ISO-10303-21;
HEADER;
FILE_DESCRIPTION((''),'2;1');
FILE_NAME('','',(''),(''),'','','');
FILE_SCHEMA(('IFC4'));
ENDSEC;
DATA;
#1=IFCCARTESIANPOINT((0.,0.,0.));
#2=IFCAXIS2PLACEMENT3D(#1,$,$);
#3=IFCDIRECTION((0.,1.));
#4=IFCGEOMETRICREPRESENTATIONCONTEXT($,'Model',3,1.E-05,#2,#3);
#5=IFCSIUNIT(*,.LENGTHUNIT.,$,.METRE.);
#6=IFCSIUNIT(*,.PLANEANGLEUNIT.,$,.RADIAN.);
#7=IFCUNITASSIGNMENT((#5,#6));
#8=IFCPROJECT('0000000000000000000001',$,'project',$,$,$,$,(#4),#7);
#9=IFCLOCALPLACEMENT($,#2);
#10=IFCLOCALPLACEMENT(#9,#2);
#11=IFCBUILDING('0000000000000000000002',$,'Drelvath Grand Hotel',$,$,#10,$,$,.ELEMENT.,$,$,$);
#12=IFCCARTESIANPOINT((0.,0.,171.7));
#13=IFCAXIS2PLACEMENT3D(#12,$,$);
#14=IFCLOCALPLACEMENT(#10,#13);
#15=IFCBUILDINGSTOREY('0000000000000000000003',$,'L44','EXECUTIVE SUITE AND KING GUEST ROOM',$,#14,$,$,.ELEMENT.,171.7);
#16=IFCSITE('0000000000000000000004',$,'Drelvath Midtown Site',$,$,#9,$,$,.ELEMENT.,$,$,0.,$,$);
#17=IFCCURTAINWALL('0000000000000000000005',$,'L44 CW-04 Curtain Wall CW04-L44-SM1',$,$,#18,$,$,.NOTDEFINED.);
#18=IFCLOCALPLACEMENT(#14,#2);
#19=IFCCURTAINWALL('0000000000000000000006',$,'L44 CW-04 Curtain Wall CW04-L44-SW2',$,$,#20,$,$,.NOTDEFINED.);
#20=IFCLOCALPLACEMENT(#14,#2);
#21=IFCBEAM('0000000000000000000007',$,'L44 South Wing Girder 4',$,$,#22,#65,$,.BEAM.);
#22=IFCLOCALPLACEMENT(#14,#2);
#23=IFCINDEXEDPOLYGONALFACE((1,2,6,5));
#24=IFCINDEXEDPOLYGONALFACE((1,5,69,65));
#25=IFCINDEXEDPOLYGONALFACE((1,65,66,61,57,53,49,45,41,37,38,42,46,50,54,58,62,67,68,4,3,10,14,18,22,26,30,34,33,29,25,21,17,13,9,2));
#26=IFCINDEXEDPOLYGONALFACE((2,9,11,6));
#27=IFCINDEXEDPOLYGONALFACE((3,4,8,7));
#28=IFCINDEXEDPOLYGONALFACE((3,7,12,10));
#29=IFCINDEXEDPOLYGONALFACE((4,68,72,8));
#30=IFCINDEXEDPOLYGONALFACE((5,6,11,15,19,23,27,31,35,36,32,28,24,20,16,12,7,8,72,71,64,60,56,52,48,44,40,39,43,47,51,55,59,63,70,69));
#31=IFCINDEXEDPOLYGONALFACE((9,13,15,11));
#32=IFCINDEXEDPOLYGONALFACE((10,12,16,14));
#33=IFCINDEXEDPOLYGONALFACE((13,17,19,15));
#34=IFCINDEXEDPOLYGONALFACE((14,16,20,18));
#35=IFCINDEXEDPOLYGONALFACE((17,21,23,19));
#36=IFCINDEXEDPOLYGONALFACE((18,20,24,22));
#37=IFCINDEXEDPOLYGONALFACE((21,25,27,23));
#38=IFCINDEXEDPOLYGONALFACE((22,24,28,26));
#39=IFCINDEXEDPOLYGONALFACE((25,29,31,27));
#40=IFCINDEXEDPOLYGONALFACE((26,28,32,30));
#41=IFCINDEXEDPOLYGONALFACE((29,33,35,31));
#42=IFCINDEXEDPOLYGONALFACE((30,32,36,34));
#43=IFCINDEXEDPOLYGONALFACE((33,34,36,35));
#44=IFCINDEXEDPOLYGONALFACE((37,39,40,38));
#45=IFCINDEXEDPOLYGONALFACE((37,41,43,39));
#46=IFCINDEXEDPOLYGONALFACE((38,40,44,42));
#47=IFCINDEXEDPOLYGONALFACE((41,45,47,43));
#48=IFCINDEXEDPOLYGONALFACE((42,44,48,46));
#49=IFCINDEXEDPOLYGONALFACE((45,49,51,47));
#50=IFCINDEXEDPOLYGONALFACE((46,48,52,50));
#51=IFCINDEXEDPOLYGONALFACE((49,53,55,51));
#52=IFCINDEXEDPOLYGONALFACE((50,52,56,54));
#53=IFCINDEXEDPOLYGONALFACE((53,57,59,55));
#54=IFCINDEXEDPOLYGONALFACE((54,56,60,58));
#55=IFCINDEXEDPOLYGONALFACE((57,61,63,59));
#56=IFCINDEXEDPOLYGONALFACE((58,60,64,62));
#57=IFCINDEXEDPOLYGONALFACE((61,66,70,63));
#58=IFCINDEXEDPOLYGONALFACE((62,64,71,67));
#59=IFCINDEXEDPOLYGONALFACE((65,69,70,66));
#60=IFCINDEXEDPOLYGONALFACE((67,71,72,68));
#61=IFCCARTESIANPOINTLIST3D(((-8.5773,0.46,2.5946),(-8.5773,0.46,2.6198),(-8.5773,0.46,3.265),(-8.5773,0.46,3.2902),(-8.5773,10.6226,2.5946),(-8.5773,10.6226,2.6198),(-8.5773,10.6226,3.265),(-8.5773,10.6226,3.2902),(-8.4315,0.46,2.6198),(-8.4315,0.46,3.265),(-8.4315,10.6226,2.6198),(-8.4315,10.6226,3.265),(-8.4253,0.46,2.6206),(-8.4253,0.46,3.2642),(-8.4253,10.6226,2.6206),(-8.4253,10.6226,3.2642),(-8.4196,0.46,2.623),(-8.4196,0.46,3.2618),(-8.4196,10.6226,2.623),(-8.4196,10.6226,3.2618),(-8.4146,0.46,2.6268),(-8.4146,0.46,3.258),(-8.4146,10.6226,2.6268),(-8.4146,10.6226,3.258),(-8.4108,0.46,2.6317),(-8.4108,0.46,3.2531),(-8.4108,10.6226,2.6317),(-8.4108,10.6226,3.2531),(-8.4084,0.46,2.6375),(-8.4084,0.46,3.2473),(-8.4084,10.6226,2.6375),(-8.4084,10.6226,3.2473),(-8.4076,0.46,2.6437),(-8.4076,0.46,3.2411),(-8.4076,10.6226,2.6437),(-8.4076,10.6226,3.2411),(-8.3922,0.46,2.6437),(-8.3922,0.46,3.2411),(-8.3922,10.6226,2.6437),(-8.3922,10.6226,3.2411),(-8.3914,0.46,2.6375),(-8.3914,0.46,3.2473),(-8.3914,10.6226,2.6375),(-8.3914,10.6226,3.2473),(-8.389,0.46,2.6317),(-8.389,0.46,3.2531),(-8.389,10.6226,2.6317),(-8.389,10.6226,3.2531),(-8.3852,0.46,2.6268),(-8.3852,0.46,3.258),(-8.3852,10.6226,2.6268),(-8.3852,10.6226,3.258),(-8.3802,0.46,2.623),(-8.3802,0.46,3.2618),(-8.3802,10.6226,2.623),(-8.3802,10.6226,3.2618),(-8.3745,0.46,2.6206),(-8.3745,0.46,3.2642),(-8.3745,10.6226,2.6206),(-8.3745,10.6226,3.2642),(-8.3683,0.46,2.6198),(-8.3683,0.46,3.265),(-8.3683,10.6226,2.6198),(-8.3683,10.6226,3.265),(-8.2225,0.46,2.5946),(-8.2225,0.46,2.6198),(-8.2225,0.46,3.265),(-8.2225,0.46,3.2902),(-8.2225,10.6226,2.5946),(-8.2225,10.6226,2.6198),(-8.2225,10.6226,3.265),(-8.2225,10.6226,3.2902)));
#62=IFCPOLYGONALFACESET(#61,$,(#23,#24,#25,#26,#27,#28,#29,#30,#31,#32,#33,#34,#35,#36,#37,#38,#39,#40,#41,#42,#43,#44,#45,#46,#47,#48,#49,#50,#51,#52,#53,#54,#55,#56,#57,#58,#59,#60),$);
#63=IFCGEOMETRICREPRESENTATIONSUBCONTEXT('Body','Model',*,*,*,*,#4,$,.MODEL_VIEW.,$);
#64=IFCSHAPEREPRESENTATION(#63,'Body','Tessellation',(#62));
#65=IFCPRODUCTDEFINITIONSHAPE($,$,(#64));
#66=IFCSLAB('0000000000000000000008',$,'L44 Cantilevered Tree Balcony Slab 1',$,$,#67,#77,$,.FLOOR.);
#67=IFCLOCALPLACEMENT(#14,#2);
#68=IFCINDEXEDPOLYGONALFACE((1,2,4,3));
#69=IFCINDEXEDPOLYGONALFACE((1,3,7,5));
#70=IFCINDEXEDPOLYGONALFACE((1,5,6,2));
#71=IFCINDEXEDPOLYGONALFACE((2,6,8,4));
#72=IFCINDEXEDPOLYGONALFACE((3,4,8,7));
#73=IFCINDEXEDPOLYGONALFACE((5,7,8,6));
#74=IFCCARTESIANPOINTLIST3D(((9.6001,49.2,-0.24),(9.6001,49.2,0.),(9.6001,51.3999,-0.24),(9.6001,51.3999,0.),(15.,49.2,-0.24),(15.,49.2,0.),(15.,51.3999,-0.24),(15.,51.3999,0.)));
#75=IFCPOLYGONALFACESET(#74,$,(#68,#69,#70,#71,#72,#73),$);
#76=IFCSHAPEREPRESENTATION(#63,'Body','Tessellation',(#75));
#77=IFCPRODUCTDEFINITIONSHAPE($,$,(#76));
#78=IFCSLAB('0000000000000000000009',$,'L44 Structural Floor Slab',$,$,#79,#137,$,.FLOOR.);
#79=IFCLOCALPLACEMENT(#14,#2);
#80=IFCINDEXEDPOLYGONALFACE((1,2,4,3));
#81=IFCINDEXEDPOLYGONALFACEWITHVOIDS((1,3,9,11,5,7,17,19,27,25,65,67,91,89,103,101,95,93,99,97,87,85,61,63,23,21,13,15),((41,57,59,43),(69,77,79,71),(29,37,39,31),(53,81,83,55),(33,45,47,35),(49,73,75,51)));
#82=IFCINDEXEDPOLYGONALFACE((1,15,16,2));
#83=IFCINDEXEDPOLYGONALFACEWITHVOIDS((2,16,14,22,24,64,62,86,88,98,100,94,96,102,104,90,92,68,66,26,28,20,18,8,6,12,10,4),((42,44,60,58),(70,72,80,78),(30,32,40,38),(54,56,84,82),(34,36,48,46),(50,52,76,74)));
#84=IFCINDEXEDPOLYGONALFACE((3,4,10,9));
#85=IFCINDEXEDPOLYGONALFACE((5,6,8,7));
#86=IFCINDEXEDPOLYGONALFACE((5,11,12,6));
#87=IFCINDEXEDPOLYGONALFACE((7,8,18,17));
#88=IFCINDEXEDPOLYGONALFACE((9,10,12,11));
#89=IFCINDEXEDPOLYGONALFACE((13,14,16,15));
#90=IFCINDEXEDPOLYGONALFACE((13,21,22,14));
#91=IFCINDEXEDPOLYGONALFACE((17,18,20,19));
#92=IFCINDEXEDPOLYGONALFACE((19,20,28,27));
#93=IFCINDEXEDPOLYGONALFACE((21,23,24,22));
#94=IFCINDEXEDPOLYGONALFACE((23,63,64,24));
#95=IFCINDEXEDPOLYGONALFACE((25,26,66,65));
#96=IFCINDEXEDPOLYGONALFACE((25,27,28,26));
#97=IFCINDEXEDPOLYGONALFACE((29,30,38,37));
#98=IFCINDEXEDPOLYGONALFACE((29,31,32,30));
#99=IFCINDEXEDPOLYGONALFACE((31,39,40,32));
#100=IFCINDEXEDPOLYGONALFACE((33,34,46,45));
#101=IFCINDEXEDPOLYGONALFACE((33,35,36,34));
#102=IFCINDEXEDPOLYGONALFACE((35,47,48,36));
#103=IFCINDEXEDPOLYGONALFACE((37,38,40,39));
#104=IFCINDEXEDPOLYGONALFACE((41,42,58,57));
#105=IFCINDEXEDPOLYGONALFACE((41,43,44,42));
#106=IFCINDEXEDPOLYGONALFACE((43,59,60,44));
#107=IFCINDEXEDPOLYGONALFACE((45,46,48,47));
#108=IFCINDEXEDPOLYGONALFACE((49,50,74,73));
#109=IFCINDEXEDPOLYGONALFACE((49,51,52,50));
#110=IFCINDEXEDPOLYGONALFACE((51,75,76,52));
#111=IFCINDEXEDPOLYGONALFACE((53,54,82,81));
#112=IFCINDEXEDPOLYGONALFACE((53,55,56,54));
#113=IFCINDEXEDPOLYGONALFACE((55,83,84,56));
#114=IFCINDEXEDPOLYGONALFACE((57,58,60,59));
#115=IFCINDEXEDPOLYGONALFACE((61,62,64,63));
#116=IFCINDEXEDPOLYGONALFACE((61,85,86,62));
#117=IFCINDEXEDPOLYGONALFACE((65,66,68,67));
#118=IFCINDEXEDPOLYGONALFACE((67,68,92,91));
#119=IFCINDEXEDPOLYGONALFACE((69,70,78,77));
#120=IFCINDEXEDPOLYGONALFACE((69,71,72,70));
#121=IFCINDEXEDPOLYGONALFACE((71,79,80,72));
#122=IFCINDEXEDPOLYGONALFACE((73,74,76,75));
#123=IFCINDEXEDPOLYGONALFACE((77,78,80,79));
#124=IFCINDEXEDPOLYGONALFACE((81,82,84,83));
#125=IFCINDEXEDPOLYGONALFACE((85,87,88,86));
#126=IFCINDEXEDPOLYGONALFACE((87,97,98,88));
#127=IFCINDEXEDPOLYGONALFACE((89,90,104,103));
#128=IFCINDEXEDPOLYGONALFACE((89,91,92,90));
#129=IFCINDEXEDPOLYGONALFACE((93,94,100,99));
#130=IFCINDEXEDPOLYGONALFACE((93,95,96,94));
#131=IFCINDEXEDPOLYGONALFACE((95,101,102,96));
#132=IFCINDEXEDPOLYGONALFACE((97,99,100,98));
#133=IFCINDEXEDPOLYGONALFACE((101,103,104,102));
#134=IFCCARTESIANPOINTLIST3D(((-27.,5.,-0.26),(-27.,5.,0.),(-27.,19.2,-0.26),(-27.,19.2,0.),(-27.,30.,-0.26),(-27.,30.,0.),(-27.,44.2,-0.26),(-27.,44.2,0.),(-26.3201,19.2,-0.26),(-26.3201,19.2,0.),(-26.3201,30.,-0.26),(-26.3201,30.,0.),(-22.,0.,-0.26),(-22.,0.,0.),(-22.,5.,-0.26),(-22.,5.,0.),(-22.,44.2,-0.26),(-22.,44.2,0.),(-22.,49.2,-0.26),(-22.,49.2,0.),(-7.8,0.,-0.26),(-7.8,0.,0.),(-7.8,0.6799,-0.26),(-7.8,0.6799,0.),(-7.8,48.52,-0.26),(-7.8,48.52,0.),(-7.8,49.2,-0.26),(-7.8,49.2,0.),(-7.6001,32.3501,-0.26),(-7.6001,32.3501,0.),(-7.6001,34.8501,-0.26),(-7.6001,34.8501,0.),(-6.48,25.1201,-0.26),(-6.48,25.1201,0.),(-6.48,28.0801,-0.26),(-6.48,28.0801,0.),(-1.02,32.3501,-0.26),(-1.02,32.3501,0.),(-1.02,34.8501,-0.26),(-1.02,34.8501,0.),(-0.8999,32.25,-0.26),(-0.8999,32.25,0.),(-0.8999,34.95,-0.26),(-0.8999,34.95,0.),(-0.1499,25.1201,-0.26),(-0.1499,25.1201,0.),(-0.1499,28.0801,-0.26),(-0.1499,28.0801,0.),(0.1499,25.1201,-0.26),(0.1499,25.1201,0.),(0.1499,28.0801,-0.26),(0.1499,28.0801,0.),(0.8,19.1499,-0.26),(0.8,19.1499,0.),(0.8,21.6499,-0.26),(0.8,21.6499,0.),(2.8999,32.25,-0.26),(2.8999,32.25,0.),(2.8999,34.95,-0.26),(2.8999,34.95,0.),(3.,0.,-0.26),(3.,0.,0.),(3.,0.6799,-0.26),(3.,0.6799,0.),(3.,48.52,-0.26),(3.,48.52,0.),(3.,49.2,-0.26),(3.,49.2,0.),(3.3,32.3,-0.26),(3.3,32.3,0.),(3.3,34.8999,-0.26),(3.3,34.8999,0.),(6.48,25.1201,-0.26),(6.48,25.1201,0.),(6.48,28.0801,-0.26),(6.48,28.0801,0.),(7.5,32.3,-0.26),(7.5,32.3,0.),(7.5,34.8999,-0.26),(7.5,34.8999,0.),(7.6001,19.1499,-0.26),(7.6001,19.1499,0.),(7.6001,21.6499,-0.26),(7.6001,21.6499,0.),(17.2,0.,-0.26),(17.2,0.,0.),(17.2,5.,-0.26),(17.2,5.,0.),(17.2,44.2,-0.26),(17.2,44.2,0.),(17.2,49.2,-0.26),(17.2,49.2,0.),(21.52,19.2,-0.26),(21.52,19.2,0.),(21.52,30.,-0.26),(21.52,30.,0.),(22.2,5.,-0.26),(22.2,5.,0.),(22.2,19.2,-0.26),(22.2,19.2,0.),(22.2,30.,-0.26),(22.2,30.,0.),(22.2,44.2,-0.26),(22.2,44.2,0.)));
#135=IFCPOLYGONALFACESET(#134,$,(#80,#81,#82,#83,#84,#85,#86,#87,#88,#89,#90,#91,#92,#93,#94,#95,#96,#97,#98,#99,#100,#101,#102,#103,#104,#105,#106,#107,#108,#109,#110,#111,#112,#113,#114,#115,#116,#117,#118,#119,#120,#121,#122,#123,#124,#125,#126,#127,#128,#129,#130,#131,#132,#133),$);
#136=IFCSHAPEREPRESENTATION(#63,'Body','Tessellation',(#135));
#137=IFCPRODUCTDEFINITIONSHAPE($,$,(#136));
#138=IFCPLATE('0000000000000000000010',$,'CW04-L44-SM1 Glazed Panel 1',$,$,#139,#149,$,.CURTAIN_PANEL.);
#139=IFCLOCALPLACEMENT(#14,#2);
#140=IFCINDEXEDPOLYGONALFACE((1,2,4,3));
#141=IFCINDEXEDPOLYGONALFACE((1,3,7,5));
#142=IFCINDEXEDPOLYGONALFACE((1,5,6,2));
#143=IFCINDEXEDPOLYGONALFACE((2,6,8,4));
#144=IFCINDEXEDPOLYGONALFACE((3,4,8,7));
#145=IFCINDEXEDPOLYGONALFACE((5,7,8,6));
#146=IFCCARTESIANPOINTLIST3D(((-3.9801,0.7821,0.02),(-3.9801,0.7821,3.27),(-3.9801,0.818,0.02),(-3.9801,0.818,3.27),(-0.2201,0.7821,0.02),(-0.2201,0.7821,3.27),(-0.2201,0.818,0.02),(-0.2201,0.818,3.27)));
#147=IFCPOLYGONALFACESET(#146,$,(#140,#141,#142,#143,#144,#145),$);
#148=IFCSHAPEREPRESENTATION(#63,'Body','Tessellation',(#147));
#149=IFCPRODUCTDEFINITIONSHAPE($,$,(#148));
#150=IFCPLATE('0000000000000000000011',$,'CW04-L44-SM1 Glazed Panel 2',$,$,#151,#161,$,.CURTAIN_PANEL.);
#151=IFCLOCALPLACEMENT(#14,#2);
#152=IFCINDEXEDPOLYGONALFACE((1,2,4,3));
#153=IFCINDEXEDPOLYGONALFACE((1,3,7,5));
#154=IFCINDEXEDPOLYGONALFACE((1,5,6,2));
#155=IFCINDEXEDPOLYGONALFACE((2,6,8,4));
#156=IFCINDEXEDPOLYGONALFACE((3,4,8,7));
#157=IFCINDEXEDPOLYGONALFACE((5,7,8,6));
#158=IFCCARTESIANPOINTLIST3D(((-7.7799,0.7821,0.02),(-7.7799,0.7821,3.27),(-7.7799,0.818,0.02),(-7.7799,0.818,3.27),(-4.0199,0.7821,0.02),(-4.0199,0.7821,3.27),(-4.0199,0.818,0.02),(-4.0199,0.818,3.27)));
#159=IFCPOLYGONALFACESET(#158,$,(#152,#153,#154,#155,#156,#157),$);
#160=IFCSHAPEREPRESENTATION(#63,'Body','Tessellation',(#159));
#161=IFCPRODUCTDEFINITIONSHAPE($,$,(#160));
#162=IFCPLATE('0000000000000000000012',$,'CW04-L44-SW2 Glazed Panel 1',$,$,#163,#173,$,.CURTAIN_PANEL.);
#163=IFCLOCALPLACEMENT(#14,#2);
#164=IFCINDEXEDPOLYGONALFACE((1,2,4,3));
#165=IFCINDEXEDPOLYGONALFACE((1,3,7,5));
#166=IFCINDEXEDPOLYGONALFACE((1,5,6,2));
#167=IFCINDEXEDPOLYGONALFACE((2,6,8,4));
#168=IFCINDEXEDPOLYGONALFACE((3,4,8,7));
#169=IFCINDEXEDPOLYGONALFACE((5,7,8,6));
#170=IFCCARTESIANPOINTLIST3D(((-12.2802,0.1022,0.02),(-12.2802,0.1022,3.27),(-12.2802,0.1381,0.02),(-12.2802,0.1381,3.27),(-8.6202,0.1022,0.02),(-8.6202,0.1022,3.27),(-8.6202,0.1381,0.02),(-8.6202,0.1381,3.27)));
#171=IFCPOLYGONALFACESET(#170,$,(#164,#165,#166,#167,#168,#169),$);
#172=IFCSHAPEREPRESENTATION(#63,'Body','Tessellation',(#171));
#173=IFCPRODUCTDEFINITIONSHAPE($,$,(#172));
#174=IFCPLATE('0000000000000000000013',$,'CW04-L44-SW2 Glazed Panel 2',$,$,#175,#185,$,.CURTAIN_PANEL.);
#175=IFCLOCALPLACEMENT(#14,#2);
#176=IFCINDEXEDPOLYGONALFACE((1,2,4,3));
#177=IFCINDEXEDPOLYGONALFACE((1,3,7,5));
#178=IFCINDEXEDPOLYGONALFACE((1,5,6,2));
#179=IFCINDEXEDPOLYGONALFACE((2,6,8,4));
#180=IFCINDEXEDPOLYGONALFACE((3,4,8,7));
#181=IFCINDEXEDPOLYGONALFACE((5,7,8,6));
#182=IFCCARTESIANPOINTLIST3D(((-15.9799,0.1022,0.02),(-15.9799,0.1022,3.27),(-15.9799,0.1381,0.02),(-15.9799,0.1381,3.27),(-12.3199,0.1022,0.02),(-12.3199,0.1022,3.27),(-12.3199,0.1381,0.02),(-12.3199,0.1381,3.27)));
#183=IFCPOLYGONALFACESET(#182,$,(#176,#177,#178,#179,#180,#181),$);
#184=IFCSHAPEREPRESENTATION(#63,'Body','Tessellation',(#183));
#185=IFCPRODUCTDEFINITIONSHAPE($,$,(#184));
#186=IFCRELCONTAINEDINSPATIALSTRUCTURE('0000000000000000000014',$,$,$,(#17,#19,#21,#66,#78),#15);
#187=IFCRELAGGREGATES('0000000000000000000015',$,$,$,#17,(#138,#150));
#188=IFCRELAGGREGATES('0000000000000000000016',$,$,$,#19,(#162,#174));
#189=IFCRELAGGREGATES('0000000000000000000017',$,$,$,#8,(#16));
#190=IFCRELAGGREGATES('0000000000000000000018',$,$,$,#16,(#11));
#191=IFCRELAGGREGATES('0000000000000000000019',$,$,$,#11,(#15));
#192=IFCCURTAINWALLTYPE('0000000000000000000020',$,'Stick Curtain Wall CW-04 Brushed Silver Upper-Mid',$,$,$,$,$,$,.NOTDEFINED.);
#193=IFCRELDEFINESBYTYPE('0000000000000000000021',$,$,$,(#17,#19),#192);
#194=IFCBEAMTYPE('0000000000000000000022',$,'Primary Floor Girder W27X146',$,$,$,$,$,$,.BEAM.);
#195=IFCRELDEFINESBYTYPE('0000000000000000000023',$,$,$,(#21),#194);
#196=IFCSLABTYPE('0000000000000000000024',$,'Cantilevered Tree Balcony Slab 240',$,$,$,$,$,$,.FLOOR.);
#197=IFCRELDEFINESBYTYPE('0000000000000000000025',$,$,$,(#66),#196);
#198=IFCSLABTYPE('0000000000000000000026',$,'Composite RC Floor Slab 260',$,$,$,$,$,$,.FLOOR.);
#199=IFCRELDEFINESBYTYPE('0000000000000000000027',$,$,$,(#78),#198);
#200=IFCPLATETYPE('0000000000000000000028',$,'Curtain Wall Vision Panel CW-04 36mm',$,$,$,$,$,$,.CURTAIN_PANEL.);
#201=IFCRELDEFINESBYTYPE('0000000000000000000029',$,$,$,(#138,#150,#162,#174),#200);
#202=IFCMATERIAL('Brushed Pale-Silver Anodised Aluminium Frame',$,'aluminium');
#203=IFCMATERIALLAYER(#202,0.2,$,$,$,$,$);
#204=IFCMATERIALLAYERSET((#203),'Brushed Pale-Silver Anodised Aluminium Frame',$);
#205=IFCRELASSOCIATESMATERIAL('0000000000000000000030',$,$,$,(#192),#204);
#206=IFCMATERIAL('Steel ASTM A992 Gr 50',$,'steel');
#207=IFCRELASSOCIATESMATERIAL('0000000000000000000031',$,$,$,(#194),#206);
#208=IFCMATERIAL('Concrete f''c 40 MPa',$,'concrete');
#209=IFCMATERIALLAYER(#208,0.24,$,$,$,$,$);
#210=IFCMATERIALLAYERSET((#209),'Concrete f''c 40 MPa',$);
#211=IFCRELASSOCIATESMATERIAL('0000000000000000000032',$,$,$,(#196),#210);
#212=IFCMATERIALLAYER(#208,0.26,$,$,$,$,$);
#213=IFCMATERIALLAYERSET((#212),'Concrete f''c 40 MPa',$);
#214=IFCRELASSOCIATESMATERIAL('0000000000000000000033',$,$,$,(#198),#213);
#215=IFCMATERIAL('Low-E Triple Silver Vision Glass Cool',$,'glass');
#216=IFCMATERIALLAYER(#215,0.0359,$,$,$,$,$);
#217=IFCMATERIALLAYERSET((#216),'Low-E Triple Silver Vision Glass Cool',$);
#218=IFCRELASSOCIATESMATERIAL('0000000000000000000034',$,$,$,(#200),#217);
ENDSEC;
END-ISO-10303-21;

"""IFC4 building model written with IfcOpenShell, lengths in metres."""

from ifc_helpers import new_model, si_unit, direction, frame, origin, origin_2d, place, context, subcontext, project, spatial, polyline, rectangle, i_section, outline, extrude, material, layer, layer_set, material_profile, profile_set, type_object, element, aggregate, save


model = new_model("IFC4")

# Units and contexts
model_context = context("Model", 3, precision=1e-05, world=origin(), true_north=direction((0.0, 1.0)))
body_context = subcontext(model_context, "Body", "Model", "MODEL_VIEW")
ifc_project = project(units=[si_unit("LENGTHUNIT", "METRE"), si_unit("PLANEANGLEUNIT", "RADIAN")], contexts=[model_context])

# Site, building, storey
site_placement = place(None, origin())
site = spatial("IfcSite", under=ifc_project, at=site_placement, Name="Drelvath Midtown Site", CompositionType="ELEMENT", RefElevation=0.0)
building_placement = place(site_placement, origin())
building = spatial("IfcBuilding", under=site, at=building_placement, Name="Drelvath Grand Hotel", CompositionType="ELEMENT")
storey_placement = place(building_placement, frame((0.0, 0.0, 171.7)))
storey = spatial("IfcBuildingStorey", under=building, at=storey_placement, Name="L44", Description="EXECUTIVE SUITE AND KING GUEST ROOM", CompositionType="ELEMENT", Elevation=171.7)

# Shared definitions
ifc_material_1 = material(Name="Steel ASTM A992 Gr 50", Category="steel")

# Curtain walls
ifc_material_2 = material(Name="Brushed Pale-Silver Anodised Aluminium Frame", Category="aluminium")
ifc_layer_1 = layer(ifc_material_2, 0.2)
ifc_layer_set_1 = layer_set([ifc_layer_1], Name="Brushed Pale-Silver Anodised Aluminium Frame")
curtain_wall_type = type_object("IfcCurtainWallType", Name="Stick Curtain Wall CW-04 Brushed Silver Upper-Mid", PredefinedType="NOTDEFINED", material=ifc_layer_set_1)
curtain_wall_1_placement = place(storey_placement, origin())
curtain_wall_1 = element("IfcCurtainWall", 1, at=curtain_wall_1_placement, inside=storey, type_object=curtain_wall_type, Name="L44 CW-04 Curtain Wall CW04-L44-SM1", PredefinedType="NOTDEFINED")
curtain_wall_2_placement = place(storey_placement, origin())
curtain_wall_2 = element("IfcCurtainWall", 2, at=curtain_wall_2_placement, inside=storey, type_object=curtain_wall_type, Name="L44 CW-04 Curtain Wall CW04-L44-SW2", PredefinedType="NOTDEFINED")

# Beam
ifc_material_profile_1 = material_profile(ifc_material_1, i_section(OverallWidth=0.3547, OverallDepth=0.6956, WebThickness=0.0154, FlangeThickness=0.0251, FilletRadius=0.0239, at=origin_2d()), Name="W27X146")
ifc_profile_set_1 = profile_set([ifc_material_profile_1], Name="Steel ASTM A992 Gr 50")
beam_type_1 = type_object("IfcBeamType", Name="Primary Floor Girder W27X146", PredefinedType="BEAM", material=ifc_profile_set_1)
beam_1_placement = place(storey_placement, frame((-8.3999, 0.46, 2.9424), z_axis=(0.0, 1.0, 0.0), x_axis=(-1.0, 0.0, 0.0)))
element("IfcBeam", 3, at=beam_1_placement, inside=storey, type_object=beam_type_1, Name="L44 South Wing Girder 4", PredefinedType="BEAM", context=body_context, shape_type="SweptSolid", body=[
    extrude(i_section(OverallWidth=0.3547, OverallDepth=0.6956, WebThickness=0.0154, FlangeThickness=0.0251, FilletRadius=0.0239, at=origin_2d()), origin(), (0.0, 0.0, 1.0), 10.1626),
])

# Slabs
ifc_material_3 = material(Name="Concrete f'c 40 MPa", Category="concrete")
ifc_layer_2 = layer(ifc_material_3, 0.24)
ifc_layer_set_2 = layer_set([ifc_layer_2], Name="Concrete f'c 40 MPa")
slab_type_1 = type_object("IfcSlabType", Name="Cantilevered Tree Balcony Slab 240", PredefinedType="FLOOR", material=ifc_layer_set_2)
slab_1_placement = place(storey_placement, frame((0.0, 0.0, -0.24)))
element("IfcSlab", 4, at=slab_1_placement, inside=storey, type_object=slab_type_1, Name="L44 Cantilevered Tree Balcony Slab 1", PredefinedType="FLOOR", context=body_context, shape_type="SweptSolid", body=[
    extrude(outline(polyline([(9.6001, 49.2), (15.0, 49.2), (15.0, 51.3999), (9.6001, 51.3999), (9.6001, 49.2)])), origin(), (0.0, 0.0, 1.0), 0.24),
])
ifc_layer_3 = layer(ifc_material_3, 0.26)
ifc_layer_set_3 = layer_set([ifc_layer_3], Name="Concrete f'c 40 MPa")
slab_type_2 = type_object("IfcSlabType", Name="Composite RC Floor Slab 260", PredefinedType="FLOOR", material=ifc_layer_set_3)
slab_2_placement = place(storey_placement, frame((0.0, 0.0, -0.26)))
element("IfcSlab", 5, at=slab_2_placement, inside=storey, type_object=slab_type_2, Name="L44 Structural Floor Slab", PredefinedType="FLOOR", context=body_context, shape_type="SweptSolid", body=[
    extrude(outline(polyline([(-22.0, 0.0), (-7.8, 0.0), (-7.8, 0.6799), (3.0, 0.6799), (3.0, 0.0), (17.2, 0.0), (17.2, 5.0), (22.2, 5.0), (22.2, 19.2), (21.52, 19.2), (21.52, 30.0), (22.2, 30.0), (22.2, 44.2), (17.2, 44.2), (17.2, 49.2), (3.0, 49.2), (3.0, 48.52), (-7.8, 48.52), (-7.8, 49.2), (-22.0, 49.2), (-22.0, 44.2), (-27.0, 44.2), (-27.0, 30.0), (-26.3201, 30.0), (-26.3201, 19.2), (-27.0, 19.2), (-27.0, 5.0), (-22.0, 5.0), (-22.0, 0.0)]), holes=[polyline([(-6.48, 25.1201), (-6.48, 28.0801), (-0.1499, 28.0801), (-0.1499, 25.1201), (-6.48, 25.1201)]), polyline([(0.1499, 25.1201), (0.1499, 28.0801), (6.48, 28.0801), (6.48, 25.1201), (0.1499, 25.1201)]), polyline([(0.8, 19.1499), (0.8, 21.6499), (7.6001, 21.6499), (7.6001, 19.1499), (0.8, 19.1499)]), polyline([(-7.6001, 32.3501), (-7.6001, 34.8501), (-1.02, 34.8501), (-1.02, 32.3501), (-7.6001, 32.3501)]), polyline([(-0.8999, 32.25), (-0.8999, 34.95), (2.8999, 34.95), (2.8999, 32.25), (-0.8999, 32.25)]), polyline([(3.3, 32.3), (3.3, 34.8999), (7.5, 34.8999), (7.5, 32.3), (3.3, 32.3)])]), origin(), (0.0, 0.0, 1.0), 0.26),
])

# Plates
ifc_material_4 = material(Name="Low-E Triple Silver Vision Glass Cool", Category="glass")
ifc_layer_4 = layer(ifc_material_4, 0.0359)
ifc_layer_set_4 = layer_set([ifc_layer_4], Name="Low-E Triple Silver Vision Glass Cool")
plate_type = type_object("IfcPlateType", Name="Curtain Wall Vision Panel CW-04 36mm", PredefinedType="CURTAIN_PANEL", material=ifc_layer_set_4)
plate_1_placement = place(storey_placement, frame((-2.1001, 0.8, 0.02), z_axis=(0.0, 0.0, 1.0), x_axis=(-1.0, 0.0, 0.0)))
plate_1 = element("IfcPlate", 6, at=plate_1_placement, type_object=plate_type, Name="CW04-L44-SM1 Glazed Panel 1", PredefinedType="CURTAIN_PANEL", context=body_context, shape_type="SweptSolid", body=[
    extrude(rectangle(XDim=3.76, YDim=0.0359, at=origin_2d()), origin(), (0.0, 0.0, 1.0), 3.25),
])
plate_2_placement = place(storey_placement, frame((-5.8999, 0.8, 0.02), z_axis=(0.0, 0.0, 1.0), x_axis=(-1.0, 0.0, 0.0)))
plate_2 = element("IfcPlate", 7, at=plate_2_placement, type_object=plate_type, Name="CW04-L44-SM1 Glazed Panel 2", PredefinedType="CURTAIN_PANEL", context=body_context, shape_type="SweptSolid", body=[
    extrude(rectangle(XDim=3.76, YDim=0.0359, at=origin_2d()), origin(), (0.0, 0.0, 1.0), 3.25),
])
aggregate(curtain_wall_1, [plate_1, plate_2])
plate_3_placement = place(storey_placement, frame((-10.4502, 0.1201, 0.02), z_axis=(0.0, 0.0, 1.0), x_axis=(-1.0, 0.0, 0.0)))
plate_3 = element("IfcPlate", 8, at=plate_3_placement, type_object=plate_type, Name="CW04-L44-SW2 Glazed Panel 1", PredefinedType="CURTAIN_PANEL", context=body_context, shape_type="SweptSolid", body=[
    extrude(rectangle(XDim=3.6599, YDim=0.0359, at=origin_2d()), origin(), (0.0, 0.0, 1.0), 3.25),
])
plate_4_placement = place(storey_placement, frame((-14.1499, 0.1201, 0.02), z_axis=(0.0, 0.0, 1.0), x_axis=(-1.0, 0.0, 0.0)))
plate_4 = element("IfcPlate", 9, at=plate_4_placement, type_object=plate_type, Name="CW04-L44-SW2 Glazed Panel 2", PredefinedType="CURTAIN_PANEL", context=body_context, shape_type="SweptSolid", body=[
    extrude(rectangle(XDim=3.6599, YDim=0.0359, at=origin_2d()), origin(), (0.0, 0.0, 1.0), 3.25),
])
aggregate(curtain_wall_2, [plate_3, plate_4])

save(model, "model.ifc")
